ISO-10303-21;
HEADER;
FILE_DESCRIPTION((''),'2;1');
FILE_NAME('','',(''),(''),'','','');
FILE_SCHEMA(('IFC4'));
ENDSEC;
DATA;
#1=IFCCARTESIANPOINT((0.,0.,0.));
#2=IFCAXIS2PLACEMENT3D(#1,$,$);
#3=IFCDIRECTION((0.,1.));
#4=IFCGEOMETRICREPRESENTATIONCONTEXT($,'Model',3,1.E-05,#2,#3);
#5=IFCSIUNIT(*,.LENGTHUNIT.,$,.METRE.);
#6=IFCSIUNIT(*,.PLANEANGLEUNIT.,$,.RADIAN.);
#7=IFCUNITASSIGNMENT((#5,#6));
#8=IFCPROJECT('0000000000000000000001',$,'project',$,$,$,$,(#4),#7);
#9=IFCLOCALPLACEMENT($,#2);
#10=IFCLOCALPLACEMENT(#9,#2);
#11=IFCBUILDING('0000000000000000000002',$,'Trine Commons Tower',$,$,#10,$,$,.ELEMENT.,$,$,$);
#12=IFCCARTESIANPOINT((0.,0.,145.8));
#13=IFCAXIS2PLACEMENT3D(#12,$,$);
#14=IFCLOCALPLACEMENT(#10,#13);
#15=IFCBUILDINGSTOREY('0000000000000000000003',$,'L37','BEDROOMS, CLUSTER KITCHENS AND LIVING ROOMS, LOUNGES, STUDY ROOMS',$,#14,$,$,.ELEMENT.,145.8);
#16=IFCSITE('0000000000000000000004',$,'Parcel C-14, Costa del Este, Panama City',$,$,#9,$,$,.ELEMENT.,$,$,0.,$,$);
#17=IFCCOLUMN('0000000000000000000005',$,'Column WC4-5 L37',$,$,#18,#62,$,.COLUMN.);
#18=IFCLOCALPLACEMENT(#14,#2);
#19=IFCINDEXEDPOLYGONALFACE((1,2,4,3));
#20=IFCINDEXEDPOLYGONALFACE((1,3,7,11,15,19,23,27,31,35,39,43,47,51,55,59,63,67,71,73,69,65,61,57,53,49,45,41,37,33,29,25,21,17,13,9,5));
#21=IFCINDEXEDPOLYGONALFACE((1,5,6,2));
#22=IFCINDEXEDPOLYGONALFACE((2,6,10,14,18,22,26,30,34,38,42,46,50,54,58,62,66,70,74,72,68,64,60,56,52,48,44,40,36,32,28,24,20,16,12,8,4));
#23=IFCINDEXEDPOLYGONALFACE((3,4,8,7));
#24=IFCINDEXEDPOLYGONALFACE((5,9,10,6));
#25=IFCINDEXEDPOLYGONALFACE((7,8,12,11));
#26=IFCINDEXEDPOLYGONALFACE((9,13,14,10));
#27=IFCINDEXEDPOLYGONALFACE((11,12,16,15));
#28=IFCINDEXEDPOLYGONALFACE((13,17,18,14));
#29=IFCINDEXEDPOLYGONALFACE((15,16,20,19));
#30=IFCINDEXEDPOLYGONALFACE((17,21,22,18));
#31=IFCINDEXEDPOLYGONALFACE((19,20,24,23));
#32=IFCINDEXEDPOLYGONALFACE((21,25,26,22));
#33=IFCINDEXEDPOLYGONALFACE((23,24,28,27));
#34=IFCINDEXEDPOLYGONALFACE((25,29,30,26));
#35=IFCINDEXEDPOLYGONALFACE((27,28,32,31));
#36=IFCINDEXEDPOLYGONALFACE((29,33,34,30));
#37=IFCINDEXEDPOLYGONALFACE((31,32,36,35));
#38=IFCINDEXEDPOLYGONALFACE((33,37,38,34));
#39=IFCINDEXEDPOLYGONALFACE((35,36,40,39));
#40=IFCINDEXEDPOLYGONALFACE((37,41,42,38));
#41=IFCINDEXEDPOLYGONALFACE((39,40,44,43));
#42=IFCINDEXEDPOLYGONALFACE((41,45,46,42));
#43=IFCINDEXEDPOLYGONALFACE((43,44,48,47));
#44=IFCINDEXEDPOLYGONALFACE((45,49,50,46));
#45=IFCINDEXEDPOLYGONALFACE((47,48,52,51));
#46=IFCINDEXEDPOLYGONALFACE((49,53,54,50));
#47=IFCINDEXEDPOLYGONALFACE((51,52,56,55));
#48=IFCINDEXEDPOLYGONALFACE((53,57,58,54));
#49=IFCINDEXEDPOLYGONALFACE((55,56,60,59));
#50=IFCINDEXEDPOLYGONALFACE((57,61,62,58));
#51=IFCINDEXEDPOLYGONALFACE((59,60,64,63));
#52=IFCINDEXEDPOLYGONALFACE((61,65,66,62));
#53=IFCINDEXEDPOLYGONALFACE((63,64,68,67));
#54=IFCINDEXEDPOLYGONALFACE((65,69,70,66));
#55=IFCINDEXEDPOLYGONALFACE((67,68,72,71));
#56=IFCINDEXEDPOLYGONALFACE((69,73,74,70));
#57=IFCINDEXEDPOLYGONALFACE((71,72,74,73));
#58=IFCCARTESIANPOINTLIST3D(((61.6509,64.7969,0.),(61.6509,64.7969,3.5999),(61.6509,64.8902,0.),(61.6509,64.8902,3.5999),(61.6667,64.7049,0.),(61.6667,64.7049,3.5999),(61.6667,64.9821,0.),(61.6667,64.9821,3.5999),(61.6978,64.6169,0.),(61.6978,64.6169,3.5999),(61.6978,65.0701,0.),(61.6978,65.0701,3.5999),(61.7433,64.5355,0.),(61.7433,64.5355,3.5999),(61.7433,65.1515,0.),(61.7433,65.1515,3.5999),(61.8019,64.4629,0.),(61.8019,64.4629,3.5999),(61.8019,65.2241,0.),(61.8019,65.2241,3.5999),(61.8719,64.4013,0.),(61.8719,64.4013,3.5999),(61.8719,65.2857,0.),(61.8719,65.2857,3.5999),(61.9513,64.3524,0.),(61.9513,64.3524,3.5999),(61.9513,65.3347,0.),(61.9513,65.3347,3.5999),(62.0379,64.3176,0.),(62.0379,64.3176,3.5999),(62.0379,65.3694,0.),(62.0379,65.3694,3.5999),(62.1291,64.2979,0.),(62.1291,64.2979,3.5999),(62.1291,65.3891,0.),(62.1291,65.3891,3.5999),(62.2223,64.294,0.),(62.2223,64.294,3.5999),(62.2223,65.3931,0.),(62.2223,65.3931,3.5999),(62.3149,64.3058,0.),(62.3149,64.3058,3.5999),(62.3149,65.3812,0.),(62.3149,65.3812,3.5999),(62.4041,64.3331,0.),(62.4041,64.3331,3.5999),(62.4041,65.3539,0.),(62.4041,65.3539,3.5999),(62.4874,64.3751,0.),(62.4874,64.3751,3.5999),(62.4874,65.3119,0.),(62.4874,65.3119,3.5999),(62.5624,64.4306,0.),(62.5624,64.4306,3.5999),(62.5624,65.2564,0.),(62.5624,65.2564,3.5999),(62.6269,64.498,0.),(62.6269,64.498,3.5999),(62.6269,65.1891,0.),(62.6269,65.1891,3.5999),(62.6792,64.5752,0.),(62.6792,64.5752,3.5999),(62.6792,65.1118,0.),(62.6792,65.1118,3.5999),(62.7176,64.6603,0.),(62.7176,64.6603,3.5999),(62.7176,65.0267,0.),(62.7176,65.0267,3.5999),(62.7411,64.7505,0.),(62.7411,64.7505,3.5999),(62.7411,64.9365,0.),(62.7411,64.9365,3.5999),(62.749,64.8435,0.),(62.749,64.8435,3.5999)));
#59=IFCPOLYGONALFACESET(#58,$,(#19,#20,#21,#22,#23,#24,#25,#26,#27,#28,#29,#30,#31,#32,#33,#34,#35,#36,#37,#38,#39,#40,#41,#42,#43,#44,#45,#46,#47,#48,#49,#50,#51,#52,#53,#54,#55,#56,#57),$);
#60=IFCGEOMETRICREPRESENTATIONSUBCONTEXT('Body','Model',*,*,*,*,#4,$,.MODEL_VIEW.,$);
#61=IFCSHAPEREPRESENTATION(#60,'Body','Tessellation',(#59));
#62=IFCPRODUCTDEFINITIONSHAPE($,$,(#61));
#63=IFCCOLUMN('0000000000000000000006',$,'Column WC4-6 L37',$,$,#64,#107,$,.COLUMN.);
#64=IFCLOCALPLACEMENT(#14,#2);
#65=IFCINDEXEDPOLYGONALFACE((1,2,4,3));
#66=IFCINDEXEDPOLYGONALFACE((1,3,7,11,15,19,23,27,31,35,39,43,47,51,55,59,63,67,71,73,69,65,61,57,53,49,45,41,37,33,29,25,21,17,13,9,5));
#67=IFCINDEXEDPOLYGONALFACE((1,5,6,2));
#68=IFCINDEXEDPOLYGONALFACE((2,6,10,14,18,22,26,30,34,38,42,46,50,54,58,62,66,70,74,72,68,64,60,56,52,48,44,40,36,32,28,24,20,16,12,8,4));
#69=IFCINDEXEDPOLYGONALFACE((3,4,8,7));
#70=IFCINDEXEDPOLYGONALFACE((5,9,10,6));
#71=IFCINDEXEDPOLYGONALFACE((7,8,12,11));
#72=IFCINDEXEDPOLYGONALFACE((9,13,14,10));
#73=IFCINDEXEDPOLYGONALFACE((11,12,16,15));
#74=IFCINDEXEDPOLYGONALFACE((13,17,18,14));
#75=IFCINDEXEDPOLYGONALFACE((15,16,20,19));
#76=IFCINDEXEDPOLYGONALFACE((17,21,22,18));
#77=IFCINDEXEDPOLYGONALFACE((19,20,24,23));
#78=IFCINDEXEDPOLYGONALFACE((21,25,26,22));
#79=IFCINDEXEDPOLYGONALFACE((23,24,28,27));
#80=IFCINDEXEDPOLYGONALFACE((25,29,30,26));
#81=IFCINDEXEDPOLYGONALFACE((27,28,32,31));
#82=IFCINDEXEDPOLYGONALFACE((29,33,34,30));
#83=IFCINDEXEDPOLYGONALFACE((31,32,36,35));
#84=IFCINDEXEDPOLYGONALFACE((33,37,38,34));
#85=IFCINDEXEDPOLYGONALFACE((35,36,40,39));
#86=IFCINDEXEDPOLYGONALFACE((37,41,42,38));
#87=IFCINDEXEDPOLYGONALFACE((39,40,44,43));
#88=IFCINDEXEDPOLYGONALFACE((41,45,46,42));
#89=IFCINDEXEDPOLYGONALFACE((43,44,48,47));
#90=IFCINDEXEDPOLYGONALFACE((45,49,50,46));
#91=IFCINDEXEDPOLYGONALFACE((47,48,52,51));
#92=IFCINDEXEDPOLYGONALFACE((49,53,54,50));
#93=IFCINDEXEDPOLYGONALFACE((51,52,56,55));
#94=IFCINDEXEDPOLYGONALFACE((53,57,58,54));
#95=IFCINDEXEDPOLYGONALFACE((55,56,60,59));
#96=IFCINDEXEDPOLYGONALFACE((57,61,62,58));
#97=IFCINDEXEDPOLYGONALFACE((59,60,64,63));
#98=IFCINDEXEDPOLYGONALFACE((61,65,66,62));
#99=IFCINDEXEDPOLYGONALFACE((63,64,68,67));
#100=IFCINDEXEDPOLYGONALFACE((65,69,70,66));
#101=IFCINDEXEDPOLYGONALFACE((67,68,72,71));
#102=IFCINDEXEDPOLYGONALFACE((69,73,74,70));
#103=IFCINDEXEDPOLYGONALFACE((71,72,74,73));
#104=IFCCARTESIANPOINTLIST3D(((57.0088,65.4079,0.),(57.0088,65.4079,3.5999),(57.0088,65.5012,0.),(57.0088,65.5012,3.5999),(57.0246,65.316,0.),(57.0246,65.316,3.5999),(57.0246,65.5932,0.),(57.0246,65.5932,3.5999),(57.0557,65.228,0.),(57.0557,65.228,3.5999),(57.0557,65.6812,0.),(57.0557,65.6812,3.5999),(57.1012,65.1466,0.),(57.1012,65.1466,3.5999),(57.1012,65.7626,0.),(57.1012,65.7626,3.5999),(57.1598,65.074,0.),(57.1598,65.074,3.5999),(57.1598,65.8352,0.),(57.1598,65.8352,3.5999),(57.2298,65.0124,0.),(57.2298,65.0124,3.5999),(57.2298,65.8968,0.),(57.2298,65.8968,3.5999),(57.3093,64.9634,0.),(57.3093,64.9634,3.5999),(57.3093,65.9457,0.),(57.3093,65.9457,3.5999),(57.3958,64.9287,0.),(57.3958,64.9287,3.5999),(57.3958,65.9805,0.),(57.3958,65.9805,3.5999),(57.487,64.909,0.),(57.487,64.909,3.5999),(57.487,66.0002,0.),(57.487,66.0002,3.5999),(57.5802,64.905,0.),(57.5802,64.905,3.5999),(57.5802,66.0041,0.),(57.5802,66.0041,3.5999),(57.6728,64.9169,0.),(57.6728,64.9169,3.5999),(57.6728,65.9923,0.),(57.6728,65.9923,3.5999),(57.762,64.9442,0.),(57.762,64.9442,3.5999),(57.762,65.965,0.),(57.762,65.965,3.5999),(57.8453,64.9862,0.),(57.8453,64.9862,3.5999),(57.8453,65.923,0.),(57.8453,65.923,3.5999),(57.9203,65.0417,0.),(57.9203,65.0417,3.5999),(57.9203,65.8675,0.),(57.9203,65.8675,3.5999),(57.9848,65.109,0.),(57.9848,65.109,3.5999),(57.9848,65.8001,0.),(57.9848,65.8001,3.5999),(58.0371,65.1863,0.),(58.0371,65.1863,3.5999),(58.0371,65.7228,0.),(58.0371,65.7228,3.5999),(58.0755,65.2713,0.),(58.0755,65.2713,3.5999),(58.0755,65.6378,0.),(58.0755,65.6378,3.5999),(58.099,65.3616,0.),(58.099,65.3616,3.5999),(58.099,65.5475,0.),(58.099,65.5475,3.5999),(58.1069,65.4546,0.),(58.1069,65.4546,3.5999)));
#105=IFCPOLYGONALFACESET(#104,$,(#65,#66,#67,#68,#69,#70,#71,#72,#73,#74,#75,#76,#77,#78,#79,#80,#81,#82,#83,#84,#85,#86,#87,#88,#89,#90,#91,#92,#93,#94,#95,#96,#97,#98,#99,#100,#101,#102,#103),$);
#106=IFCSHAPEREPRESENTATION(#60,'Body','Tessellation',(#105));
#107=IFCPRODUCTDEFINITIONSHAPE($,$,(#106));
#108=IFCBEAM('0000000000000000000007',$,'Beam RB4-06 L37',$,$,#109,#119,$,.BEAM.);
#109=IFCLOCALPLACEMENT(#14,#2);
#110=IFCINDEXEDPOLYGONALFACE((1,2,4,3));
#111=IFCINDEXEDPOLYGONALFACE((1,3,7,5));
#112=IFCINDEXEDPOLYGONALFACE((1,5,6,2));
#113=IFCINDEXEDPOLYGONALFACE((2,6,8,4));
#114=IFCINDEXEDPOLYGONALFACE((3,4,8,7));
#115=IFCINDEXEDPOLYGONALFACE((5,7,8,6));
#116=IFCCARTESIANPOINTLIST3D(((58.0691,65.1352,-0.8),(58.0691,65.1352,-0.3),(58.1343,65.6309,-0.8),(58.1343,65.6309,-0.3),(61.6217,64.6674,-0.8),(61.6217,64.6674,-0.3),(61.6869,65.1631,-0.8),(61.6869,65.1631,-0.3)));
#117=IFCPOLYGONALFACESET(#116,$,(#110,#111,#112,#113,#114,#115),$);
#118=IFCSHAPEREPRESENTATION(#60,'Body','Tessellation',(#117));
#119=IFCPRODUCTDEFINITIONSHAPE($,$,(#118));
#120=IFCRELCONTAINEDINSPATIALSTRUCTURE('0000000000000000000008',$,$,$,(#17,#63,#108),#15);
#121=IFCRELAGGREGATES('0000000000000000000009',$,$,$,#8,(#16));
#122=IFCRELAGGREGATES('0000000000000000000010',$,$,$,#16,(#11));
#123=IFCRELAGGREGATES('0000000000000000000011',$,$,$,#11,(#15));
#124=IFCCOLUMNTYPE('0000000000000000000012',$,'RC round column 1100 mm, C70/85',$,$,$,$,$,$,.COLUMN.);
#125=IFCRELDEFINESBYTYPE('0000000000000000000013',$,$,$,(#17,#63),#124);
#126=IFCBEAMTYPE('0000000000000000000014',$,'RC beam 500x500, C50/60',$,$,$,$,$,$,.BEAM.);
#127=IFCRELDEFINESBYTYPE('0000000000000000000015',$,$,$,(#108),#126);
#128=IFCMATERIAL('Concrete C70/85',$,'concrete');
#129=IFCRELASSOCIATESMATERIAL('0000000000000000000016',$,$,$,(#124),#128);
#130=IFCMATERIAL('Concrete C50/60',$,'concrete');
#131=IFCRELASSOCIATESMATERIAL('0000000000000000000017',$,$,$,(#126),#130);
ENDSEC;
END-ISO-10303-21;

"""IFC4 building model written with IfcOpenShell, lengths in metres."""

from ifc_helpers import new_model, si_unit, direction, frame, origin, origin_2d, place, context, subcontext, project, spatial, rectangle, circle, extrude, material, material_profile, profile_set, type_object, element, save


model = new_model("IFC4")

# Units and contexts
model_context = context("Model", 3, precision=1e-05, world=origin(), true_north=direction((0.0, 1.0)))
body_context = subcontext(model_context, "Body", "Model", "MODEL_VIEW")
ifc_project = project(units=[si_unit("LENGTHUNIT", "METRE"), si_unit("PLANEANGLEUNIT", "RADIAN")], contexts=[model_context])

# Site, building, storey
site_placement = place(None, origin())
site = spatial("IfcSite", under=ifc_project, at=site_placement, Name="Parcel C-14, Costa del Este, Panama City", CompositionType="ELEMENT", RefElevation=0.0)
building_placement = place(site_placement, origin())
building = spatial("IfcBuilding", under=site, at=building_placement, Name="Trine Commons Tower", CompositionType="ELEMENT")
storey_placement = place(building_placement, frame((0.0, 0.0, 145.8)))
storey = spatial("IfcBuildingStorey", under=building, at=storey_placement, Name="L37", Description="BEDROOMS, CLUSTER KITCHENS AND LIVING ROOMS, LOUNGES, STUDY ROOMS", CompositionType="ELEMENT", Elevation=145.8)

# Columns
ifc_material_1 = material(Name="Concrete C70/85", Category="concrete")
ifc_material_profile_1 = material_profile(ifc_material_1, circle(Radius=0.55, at=origin_2d()), Name="RC round 1100")
ifc_profile_set_1 = profile_set([ifc_material_profile_1], Name="Concrete C70/85")
column_type = type_object("IfcColumnType", Name="RC round column 1100 mm, C70/85", PredefinedType="COLUMN", material=ifc_profile_set_1)
for number, where, z_axis, x_axis, name in (
    (1, (62.199, 64.8435, 0.0), (0.0, 0.0, 1.0), (1.0, 0.0, 0.0), "Column WC4-5 L37"),
    (2, (57.5569, 65.4546, 0.0), (0.0, 0.0, 1.0), (1.0, 0.0, 0.0), "Column WC4-6 L37"),
):
    element("IfcColumn", number, at=place(storey_placement, frame(where, z_axis=z_axis, x_axis=x_axis)), inside=storey, type_object=column_type, Name=name, PredefinedType="COLUMN", context=body_context, shape_type="SweptSolid", body=[
        extrude(circle(Radius=0.55, at=origin_2d()), origin(), (0.0, 0.0, 1.0), 3.5999),
    ])

# Beam
ifc_material_2 = material(Name="Concrete C50/60", Category="concrete")
ifc_material_profile_2 = material_profile(ifc_material_2, rectangle(XDim=0.5, YDim=0.5, at=origin_2d()), Name="RC 500x500")
ifc_profile_set_2 = profile_set([ifc_material_profile_2], Name="Concrete C50/60")
beam_type = type_object("IfcBeamType", Name="RC beam 500x500, C50/60", PredefinedType="BEAM", material=ifc_profile_set_2)
beam_placement = place(storey_placement, frame((61.6543, 64.9153, -0.55), z_axis=(-0.991442, 0.130548, 0.0), x_axis=(-0.130548, -0.991442, 0.0)))
element("IfcBeam", 3, at=beam_placement, inside=storey, type_object=beam_type, Name="Beam RB4-06 L37", PredefinedType="BEAM", context=body_context, shape_type="SweptSolid", body=[
    extrude(rectangle(XDim=0.5, YDim=0.5, at=origin_2d()), origin(), (0.0, 0.0, 1.0), 3.5833),
])

save(model, "model.ifc")
